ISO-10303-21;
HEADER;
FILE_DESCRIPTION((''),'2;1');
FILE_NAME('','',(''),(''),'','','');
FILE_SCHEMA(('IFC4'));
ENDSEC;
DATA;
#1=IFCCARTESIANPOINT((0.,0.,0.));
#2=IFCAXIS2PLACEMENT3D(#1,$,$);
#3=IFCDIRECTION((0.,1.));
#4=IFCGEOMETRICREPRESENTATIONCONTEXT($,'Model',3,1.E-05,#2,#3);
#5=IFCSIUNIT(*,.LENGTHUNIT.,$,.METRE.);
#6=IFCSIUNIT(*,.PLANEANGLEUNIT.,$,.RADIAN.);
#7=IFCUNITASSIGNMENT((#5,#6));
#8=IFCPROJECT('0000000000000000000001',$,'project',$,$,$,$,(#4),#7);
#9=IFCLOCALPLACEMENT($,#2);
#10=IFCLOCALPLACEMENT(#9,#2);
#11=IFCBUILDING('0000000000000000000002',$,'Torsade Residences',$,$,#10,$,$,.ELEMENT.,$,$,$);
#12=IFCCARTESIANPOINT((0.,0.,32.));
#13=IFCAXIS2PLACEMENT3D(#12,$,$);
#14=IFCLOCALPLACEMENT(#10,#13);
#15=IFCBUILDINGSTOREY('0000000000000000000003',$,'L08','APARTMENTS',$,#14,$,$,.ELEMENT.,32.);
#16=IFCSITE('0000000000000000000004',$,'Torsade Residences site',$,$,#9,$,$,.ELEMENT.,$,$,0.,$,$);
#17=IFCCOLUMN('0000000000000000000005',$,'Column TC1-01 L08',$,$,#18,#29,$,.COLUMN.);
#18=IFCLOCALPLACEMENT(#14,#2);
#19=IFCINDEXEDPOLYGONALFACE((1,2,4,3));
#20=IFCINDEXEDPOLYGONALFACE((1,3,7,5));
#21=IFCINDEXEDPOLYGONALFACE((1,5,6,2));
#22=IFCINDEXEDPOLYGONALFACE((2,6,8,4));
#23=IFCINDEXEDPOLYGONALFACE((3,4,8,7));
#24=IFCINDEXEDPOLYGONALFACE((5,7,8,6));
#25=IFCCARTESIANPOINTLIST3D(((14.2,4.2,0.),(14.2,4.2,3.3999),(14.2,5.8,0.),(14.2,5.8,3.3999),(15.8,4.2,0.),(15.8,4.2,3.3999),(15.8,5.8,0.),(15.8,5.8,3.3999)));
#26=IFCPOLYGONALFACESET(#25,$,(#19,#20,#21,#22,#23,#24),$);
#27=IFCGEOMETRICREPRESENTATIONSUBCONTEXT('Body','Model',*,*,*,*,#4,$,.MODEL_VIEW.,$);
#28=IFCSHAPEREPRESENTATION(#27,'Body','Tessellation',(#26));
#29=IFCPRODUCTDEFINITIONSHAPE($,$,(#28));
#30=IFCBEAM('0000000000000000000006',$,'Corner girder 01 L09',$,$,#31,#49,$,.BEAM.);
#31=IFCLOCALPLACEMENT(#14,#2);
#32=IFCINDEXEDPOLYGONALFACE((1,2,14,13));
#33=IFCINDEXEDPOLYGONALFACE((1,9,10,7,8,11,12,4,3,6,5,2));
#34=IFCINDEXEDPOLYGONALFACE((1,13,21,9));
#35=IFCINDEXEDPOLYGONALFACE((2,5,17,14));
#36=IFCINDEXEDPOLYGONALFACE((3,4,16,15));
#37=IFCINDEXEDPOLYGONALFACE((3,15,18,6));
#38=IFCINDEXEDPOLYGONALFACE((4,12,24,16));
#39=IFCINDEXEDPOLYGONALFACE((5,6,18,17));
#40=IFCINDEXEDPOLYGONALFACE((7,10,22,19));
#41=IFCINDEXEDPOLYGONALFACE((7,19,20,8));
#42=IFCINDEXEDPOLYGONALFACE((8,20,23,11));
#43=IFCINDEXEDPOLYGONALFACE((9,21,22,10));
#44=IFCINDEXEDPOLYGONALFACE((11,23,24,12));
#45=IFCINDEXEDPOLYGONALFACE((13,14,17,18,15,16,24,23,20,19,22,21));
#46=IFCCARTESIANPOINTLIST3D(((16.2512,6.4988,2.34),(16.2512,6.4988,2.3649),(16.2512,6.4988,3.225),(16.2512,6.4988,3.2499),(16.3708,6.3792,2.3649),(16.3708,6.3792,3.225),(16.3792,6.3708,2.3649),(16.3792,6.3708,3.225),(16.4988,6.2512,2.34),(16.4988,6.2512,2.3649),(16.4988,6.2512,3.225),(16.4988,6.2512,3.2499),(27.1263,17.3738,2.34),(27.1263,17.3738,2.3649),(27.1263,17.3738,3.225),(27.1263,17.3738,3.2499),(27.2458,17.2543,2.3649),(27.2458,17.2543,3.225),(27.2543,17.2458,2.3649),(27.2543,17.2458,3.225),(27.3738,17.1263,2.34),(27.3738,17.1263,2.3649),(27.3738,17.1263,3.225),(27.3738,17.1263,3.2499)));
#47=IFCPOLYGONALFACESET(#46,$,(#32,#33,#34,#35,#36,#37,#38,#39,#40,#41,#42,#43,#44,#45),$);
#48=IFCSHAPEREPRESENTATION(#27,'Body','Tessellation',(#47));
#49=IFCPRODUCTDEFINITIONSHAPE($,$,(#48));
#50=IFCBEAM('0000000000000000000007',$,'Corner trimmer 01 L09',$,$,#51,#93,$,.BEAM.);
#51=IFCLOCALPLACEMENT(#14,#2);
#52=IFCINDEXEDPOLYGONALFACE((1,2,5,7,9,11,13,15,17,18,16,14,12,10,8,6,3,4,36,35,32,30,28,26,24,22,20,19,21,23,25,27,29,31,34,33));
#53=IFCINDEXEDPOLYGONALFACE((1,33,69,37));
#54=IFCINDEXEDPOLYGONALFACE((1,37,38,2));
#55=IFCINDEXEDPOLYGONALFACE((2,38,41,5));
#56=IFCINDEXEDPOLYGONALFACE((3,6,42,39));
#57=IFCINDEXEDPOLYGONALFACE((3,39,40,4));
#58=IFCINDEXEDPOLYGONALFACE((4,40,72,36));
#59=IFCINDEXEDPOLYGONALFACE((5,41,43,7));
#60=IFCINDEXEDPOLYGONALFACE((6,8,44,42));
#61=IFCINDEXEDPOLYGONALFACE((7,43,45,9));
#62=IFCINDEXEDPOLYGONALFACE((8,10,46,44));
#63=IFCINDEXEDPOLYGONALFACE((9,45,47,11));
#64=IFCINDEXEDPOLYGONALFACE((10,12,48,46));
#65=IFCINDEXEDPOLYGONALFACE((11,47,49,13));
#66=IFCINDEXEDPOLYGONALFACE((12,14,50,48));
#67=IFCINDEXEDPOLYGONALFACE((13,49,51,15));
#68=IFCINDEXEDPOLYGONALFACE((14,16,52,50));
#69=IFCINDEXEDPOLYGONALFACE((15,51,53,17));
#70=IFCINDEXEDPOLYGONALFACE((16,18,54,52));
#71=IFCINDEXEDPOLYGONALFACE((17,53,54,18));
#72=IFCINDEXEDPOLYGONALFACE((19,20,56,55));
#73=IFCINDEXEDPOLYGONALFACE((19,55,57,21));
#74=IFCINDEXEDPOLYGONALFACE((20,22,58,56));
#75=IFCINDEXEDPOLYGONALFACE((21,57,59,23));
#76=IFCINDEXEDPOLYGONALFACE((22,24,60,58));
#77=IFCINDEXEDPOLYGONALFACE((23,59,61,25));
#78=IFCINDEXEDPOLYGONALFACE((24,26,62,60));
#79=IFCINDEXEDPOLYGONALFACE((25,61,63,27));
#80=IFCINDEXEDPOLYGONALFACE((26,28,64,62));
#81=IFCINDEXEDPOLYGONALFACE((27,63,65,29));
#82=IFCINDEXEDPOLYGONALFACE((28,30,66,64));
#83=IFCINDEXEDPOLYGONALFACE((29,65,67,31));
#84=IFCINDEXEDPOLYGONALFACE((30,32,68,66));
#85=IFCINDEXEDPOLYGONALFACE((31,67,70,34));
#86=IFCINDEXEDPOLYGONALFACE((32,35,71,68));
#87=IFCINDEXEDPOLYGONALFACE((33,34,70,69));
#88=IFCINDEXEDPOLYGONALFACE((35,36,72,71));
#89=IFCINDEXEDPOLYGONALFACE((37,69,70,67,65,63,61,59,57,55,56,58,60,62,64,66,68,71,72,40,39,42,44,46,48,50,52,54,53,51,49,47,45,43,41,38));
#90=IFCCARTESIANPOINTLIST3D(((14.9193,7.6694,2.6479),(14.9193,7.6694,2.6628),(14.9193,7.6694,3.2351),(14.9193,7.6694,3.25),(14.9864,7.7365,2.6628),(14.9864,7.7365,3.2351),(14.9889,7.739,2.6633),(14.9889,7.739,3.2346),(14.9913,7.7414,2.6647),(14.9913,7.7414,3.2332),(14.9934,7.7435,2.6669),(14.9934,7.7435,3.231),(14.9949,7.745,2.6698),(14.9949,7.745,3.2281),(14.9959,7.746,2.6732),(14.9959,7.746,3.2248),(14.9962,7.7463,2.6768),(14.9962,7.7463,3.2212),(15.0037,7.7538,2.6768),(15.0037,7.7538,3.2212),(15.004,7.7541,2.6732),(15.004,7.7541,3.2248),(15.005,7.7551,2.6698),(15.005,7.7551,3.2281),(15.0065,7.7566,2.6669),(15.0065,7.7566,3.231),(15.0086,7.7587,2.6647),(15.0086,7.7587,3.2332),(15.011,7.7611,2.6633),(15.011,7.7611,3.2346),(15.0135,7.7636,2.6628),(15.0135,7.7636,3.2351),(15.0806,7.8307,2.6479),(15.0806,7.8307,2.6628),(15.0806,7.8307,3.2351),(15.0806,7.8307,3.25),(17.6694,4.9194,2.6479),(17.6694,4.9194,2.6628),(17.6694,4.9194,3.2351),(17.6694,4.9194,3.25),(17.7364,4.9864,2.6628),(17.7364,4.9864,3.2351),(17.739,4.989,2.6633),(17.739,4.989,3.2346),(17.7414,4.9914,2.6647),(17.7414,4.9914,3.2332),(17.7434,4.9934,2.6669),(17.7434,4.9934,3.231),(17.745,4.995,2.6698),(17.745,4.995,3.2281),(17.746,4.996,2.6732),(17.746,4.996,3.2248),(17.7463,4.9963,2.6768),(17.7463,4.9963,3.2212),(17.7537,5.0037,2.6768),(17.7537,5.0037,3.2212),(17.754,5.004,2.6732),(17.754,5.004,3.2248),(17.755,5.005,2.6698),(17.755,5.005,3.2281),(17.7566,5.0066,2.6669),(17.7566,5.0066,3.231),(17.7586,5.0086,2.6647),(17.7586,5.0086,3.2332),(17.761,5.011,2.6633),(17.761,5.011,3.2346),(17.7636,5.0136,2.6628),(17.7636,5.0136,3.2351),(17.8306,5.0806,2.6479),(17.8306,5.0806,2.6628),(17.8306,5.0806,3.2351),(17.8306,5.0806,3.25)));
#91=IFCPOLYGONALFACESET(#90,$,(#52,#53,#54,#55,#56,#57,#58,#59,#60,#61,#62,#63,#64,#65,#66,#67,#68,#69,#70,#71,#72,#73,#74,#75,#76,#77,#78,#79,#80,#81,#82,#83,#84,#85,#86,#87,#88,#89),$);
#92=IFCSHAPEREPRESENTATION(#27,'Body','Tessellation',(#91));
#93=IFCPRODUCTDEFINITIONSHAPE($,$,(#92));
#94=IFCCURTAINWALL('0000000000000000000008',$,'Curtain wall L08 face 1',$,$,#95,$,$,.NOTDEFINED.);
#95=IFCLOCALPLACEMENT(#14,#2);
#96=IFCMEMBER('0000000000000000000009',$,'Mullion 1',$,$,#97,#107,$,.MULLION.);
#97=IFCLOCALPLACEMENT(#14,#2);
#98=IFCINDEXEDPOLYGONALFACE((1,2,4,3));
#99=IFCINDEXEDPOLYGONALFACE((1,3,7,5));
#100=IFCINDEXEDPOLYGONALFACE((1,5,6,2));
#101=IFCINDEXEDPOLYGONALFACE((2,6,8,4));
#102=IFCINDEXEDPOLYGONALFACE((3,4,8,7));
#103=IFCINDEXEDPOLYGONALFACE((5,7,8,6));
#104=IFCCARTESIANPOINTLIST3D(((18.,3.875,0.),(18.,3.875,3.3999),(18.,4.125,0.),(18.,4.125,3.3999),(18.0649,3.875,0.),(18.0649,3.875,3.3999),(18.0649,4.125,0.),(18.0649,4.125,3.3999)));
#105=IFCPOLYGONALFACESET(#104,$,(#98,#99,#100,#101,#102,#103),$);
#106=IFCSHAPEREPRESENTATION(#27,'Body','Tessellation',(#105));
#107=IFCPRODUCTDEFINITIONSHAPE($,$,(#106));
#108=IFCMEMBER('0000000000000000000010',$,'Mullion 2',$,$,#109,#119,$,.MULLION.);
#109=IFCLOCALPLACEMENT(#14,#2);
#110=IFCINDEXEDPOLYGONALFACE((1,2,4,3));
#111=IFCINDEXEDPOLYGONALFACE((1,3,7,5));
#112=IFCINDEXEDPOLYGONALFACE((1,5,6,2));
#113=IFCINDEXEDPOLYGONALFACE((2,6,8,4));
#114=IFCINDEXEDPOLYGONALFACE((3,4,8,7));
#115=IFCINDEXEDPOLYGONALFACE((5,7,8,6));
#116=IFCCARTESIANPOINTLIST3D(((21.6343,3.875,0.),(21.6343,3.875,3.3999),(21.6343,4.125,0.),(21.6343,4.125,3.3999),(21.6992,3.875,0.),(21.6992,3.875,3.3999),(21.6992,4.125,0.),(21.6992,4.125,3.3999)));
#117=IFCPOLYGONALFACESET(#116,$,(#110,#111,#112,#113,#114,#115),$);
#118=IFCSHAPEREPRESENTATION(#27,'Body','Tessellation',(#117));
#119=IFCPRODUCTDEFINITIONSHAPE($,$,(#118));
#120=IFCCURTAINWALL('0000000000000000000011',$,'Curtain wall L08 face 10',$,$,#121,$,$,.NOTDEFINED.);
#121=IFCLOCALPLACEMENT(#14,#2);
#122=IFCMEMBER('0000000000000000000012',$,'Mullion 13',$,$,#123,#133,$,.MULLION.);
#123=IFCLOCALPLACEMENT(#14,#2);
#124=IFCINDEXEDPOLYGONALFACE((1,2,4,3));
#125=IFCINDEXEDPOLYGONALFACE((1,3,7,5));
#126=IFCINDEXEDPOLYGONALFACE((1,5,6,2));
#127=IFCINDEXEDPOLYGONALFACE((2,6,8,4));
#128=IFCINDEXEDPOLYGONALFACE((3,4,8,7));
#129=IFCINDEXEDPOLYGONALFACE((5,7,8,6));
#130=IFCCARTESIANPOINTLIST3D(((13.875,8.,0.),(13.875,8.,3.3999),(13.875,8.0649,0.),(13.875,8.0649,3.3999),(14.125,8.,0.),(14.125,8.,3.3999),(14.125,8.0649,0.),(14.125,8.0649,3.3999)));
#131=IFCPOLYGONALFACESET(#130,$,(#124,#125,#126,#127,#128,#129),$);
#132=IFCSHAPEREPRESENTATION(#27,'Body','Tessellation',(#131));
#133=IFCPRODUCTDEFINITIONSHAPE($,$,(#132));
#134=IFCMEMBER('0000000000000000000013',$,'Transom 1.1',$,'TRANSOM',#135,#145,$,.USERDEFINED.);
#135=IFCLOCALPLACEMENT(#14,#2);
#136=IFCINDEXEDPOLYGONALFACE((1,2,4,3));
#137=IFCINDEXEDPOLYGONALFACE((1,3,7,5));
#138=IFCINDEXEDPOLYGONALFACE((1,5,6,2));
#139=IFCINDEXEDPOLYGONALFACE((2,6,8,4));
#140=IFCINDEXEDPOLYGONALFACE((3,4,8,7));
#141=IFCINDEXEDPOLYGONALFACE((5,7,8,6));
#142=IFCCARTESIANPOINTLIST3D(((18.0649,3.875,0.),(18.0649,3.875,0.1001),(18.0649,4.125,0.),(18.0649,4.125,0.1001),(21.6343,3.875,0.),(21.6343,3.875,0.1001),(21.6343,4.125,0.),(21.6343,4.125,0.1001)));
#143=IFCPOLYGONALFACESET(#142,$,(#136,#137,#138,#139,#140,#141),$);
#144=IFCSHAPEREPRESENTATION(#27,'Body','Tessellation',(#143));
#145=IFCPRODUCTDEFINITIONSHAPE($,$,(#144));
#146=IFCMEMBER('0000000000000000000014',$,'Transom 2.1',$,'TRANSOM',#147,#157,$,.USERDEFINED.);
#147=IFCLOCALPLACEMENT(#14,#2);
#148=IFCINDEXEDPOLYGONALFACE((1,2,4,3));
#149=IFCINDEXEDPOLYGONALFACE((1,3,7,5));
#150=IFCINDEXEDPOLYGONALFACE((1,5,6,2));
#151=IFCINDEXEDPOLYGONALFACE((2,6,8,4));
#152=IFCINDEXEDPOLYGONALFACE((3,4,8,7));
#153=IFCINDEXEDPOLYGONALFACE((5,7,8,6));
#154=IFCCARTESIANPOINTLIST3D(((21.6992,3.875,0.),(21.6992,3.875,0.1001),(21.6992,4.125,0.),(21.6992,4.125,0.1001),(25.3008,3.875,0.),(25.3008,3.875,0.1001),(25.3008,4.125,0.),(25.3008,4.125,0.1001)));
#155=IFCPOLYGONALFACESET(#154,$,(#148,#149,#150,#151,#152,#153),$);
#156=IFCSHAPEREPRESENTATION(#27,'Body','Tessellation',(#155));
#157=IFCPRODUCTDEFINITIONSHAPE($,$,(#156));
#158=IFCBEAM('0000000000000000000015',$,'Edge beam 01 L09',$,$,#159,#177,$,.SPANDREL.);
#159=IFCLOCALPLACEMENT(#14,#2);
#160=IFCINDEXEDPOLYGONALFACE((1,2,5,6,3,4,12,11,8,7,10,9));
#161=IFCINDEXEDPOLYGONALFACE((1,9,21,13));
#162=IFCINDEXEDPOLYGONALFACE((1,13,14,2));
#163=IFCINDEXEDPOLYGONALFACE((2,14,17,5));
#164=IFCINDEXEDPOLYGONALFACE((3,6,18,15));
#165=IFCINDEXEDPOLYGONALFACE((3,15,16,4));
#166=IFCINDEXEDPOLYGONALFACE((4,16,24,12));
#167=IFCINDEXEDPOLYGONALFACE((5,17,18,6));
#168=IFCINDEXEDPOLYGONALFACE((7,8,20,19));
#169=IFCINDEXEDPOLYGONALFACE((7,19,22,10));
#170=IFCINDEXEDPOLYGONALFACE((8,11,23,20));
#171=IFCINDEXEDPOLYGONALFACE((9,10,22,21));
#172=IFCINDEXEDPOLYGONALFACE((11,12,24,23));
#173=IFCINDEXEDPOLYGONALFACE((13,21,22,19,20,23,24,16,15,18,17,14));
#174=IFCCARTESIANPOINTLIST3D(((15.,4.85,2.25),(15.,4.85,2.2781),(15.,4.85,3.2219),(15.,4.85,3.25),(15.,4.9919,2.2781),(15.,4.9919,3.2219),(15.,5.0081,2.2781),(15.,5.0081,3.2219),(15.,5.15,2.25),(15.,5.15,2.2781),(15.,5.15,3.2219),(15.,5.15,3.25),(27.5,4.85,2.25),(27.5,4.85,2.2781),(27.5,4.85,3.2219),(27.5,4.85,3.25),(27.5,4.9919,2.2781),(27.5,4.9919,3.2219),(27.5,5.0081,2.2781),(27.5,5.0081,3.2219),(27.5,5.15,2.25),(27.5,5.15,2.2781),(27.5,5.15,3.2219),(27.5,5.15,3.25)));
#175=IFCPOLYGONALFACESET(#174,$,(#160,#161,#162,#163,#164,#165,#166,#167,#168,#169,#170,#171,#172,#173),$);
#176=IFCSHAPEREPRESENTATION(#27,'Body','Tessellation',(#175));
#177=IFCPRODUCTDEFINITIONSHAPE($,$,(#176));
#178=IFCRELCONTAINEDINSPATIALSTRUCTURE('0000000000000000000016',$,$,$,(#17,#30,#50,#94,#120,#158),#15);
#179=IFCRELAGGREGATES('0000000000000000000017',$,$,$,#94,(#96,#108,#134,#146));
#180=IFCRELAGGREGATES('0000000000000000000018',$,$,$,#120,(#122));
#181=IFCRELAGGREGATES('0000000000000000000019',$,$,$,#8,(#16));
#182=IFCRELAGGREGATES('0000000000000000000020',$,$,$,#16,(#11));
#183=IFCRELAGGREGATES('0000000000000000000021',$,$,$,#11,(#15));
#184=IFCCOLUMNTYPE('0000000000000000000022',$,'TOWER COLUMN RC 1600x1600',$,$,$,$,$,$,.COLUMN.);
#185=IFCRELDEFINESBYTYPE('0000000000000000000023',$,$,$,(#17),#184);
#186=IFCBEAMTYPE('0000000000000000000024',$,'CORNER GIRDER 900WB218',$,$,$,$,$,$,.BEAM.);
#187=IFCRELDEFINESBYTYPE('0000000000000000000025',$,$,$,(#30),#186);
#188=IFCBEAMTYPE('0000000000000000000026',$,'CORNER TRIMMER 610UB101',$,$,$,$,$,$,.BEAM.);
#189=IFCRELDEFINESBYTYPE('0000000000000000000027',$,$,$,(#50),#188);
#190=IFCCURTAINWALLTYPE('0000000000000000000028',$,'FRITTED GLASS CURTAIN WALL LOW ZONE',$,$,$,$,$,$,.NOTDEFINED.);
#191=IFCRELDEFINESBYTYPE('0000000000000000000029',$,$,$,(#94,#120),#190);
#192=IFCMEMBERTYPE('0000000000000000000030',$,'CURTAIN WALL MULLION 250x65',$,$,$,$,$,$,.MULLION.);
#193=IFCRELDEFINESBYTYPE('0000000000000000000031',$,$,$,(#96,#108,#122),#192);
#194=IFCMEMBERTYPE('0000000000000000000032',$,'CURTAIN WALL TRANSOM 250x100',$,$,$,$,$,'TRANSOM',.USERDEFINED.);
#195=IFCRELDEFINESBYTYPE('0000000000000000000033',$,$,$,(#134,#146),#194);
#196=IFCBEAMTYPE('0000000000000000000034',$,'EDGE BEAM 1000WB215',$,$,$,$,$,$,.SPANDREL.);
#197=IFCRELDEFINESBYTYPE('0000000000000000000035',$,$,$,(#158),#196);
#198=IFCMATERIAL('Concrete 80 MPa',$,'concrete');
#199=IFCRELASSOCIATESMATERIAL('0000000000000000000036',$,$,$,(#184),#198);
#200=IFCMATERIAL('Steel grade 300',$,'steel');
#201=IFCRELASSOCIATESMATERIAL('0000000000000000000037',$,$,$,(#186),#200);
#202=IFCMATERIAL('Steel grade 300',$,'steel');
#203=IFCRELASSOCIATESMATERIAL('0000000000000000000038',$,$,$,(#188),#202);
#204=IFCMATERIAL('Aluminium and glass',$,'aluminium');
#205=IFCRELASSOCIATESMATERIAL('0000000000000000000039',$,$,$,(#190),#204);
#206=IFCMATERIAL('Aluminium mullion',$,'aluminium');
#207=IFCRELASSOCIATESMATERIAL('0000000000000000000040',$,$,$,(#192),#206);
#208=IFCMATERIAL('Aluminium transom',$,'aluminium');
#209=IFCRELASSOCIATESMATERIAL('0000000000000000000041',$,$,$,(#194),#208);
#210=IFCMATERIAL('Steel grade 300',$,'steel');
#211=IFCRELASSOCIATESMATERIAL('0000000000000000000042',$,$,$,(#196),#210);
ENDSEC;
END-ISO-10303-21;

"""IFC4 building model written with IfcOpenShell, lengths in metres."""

from ifc_helpers import new_model, si_unit, direction, frame, origin, origin_2d, place, context, subcontext, project, spatial, rectangle, i_section, extrude, material, material_profile, profile_set, type_object, element, aggregate, save


model = new_model("IFC4")

# Units and contexts
model_context = context("Model", 3, precision=1e-05, world=origin(), true_north=direction((0.0, 1.0)))
body_context = subcontext(model_context, "Body", "Model", "MODEL_VIEW")
ifc_project = project(units=[si_unit("LENGTHUNIT", "METRE"), si_unit("PLANEANGLEUNIT", "RADIAN")], contexts=[model_context])

# Site, building, storey
site_placement = place(None, origin())
site = spatial("IfcSite", under=ifc_project, at=site_placement, Name="Torsade Residences site", CompositionType="ELEMENT", RefElevation=0.0)
building_placement = place(site_placement, origin())
building = spatial("IfcBuilding", under=site, at=building_placement, Name="Torsade Residences", CompositionType="ELEMENT")
storey_placement = place(building_placement, frame((0.0, 0.0, 32.0)))
storey = spatial("IfcBuildingStorey", under=building, at=storey_placement, Name="L08", Description="APARTMENTS", CompositionType="ELEMENT", Elevation=32.0)

# Column
ifc_material_1 = material(Name="Concrete 80 MPa", Category="concrete")
ifc_material_profile_1 = material_profile(ifc_material_1, rectangle(XDim=1.6001, YDim=1.6001, at=origin_2d()), Name="RC 1600x1600")
ifc_profile_set_1 = profile_set([ifc_material_profile_1], Name="Concrete 80 MPa")
column_type = type_object("IfcColumnType", Name="TOWER COLUMN RC 1600x1600", PredefinedType="COLUMN", material=ifc_profile_set_1)
column_placement = place(storey_placement, frame((15.0, 5.0, 0.0), z_axis=(0.0, 0.0, 1.0), x_axis=(1.0, 0.0, 0.0)))
element("IfcColumn", 1, at=column_placement, inside=storey, type_object=column_type, Name="Column TC1-01 L08", PredefinedType="COLUMN", context=body_context, shape_type="SweptSolid", body=[
    extrude(rectangle(XDim=1.6001, YDim=1.6001, at=origin_2d()), origin(), (0.0, 0.0, 1.0), 3.3999),
])

# Beams
ifc_material_2 = material(Name="Steel grade 300", Category="steel")
ifc_material_profile_2 = material_profile(ifc_material_2, i_section(OverallWidth=0.3501, OverallDepth=0.9099, WebThickness=0.012, FlangeThickness=0.0249, at=origin_2d()), Name="900WB218")
ifc_profile_set_2 = profile_set([ifc_material_profile_2], Name="Steel grade 300")
beam_type_1 = type_object("IfcBeamType", Name="CORNER GIRDER 900WB218", PredefinedType="BEAM", material=ifc_profile_set_2)
beam_1_placement = place(storey_placement, frame((16.375, 6.375, 2.7949), z_axis=(0.707107, 0.707107, 0.0), x_axis=(-0.707107, 0.707107, 0.0)))
element("IfcBeam", 2, at=beam_1_placement, inside=storey, type_object=beam_type_1, Name="Corner girder 01 L09", PredefinedType="BEAM", context=body_context, shape_type="SweptSolid", body=[
    extrude(i_section(OverallWidth=0.3501, OverallDepth=0.9099, WebThickness=0.012, FlangeThickness=0.0249, at=origin_2d()), origin(), (0.0, 0.0, 1.0), 15.3796),
])
ifc_material_3 = material(Name="Steel grade 300", Category="steel")
ifc_material_profile_3 = material_profile(ifc_material_3, i_section(OverallWidth=0.228, OverallDepth=0.6021, WebThickness=0.0105, FlangeThickness=0.0149, FilletRadius=0.0139, at=origin_2d()), Name="610UB101")
ifc_profile_set_3 = profile_set([ifc_material_profile_3], Name="Steel grade 300")
beam_type_2 = type_object("IfcBeamType", Name="CORNER TRIMMER 610UB101", PredefinedType="BEAM", material=ifc_profile_set_3)
beam_2_placement = place(storey_placement, frame((17.75, 5.0, 2.949), z_axis=(-0.707107, 0.707107, 0.0), x_axis=(-0.707107, -0.707107, 0.0)))
element("IfcBeam", 3, at=beam_2_placement, inside=storey, type_object=beam_type_2, Name="Corner trimmer 01 L09", PredefinedType="BEAM", context=body_context, shape_type="SweptSolid", body=[
    extrude(i_section(OverallWidth=0.228, OverallDepth=0.6021, WebThickness=0.0105, FlangeThickness=0.0149, FilletRadius=0.0139, at=origin_2d()), origin(), (0.0, 0.0, 1.0), 3.8892),
])

# Curtain wall, members
ifc_material_4 = material(Name="Aluminium and glass", Category="aluminium")
curtain_wall_type = type_object("IfcCurtainWallType", Name="FRITTED GLASS CURTAIN WALL LOW ZONE", PredefinedType="NOTDEFINED", material=ifc_material_4)
curtain_wall_1_placement = place(storey_placement, origin())
curtain_wall_1 = element("IfcCurtainWall", 4, at=curtain_wall_1_placement, inside=storey, type_object=curtain_wall_type, Name="Curtain wall L08 face 1", PredefinedType="NOTDEFINED")
ifc_material_5 = material(Name="Aluminium mullion", Category="aluminium")
ifc_material_profile_4 = material_profile(ifc_material_5, rectangle(XDim=0.25, YDim=0.0649, at=origin_2d()), Name="CURTAIN WALL MULLION 250x65")
ifc_profile_set_4 = profile_set([ifc_material_profile_4], Name="Aluminium mullion")
member_type_1 = type_object("IfcMemberType", Name="CURTAIN WALL MULLION 250x65", PredefinedType="MULLION", material=ifc_profile_set_4)
member_1_placement = place(storey_placement, frame((18.0325, 4.0, 0.0), z_axis=(0.0, 0.0, 1.0), x_axis=(0.0, 1.0, 0.0)))
member_1 = element("IfcMember", 5, at=member_1_placement, type_object=member_type_1, Name="Mullion 1", PredefinedType="MULLION", context=body_context, shape_type="SweptSolid", body=[
    extrude(rectangle(XDim=0.25, YDim=0.0649, at=origin_2d()), origin(), (0.0, 0.0, 1.0), 3.3999),
])
member_2_placement = place(storey_placement, frame((21.6667, 4.0, 0.0), z_axis=(0.0, 0.0, 1.0), x_axis=(0.0, 1.0, 0.0)))
member_2 = element("IfcMember", 6, at=member_2_placement, type_object=member_type_1, Name="Mullion 2", PredefinedType="MULLION", context=body_context, shape_type="SweptSolid", body=[
    extrude(rectangle(XDim=0.25, YDim=0.0649, at=origin_2d()), origin(), (0.0, 0.0, 1.0), 3.3999),
])

# Curtain wall, member
curtain_wall_2_placement = place(storey_placement, origin())
curtain_wall_2 = element("IfcCurtainWall", 7, at=curtain_wall_2_placement, inside=storey, type_object=curtain_wall_type, Name="Curtain wall L08 face 10", PredefinedType="NOTDEFINED")
member_3_placement = place(storey_placement, frame((14.0, 8.0325, 0.0), z_axis=(0.0, 0.0, 1.0), x_axis=(1.0, 0.0, 0.0)))
member_3 = element("IfcMember", 8, at=member_3_placement, type_object=member_type_1, Name="Mullion 13", PredefinedType="MULLION", context=body_context, shape_type="SweptSolid", body=[
    extrude(rectangle(XDim=0.25, YDim=0.0649, at=origin_2d()), origin(), (0.0, 0.0, 1.0), 3.3999),
])

# Members
ifc_material_6 = material(Name="Aluminium transom", Category="aluminium")
ifc_material_profile_5 = material_profile(ifc_material_6, rectangle(XDim=0.25, YDim=0.1001, at=origin_2d()), Name="CURTAIN WALL TRANSOM 250x100")
ifc_profile_set_5 = profile_set([ifc_material_profile_5], Name="Aluminium transom")
member_type_2 = type_object("IfcMemberType", Name="CURTAIN WALL TRANSOM 250x100", ElementType="TRANSOM", PredefinedType="USERDEFINED", material=ifc_profile_set_5)
member_4_placement = place(storey_placement, frame((18.0649, 4.0, 0.05), z_axis=(1.0, 0.0, 0.0), x_axis=(0.0, 1.0, 0.0)))
member_4 = element("IfcMember", 9, at=member_4_placement, type_object=member_type_2, Name="Transom 1.1", ObjectType="TRANSOM", PredefinedType="USERDEFINED", context=body_context, shape_type="SweptSolid", body=[
    extrude(rectangle(XDim=0.25, YDim=0.1001, at=origin_2d()), origin(), (0.0, 0.0, 1.0), 3.5693),
])
member_5_placement = place(storey_placement, frame((21.6992, 4.0, 0.05), z_axis=(1.0, 0.0, 0.0), x_axis=(0.0, 1.0, 0.0)))
member_5 = element("IfcMember", 10, at=member_5_placement, type_object=member_type_2, Name="Transom 2.1", ObjectType="TRANSOM", PredefinedType="USERDEFINED", context=body_context, shape_type="SweptSolid", body=[
    extrude(rectangle(XDim=0.25, YDim=0.1001, at=origin_2d()), origin(), (0.0, 0.0, 1.0), 3.6016),
])

# Beam
ifc_material_7 = material(Name="Steel grade 300", Category="steel")
ifc_material_profile_6 = material_profile(ifc_material_7, i_section(OverallWidth=0.3, OverallDepth=1.0, WebThickness=0.0161, FlangeThickness=0.0281, at=origin_2d()), Name="1000WB215")
ifc_profile_set_6 = profile_set([ifc_material_profile_6], Name="Steel grade 300")
beam_type_3 = type_object("IfcBeamType", Name="EDGE BEAM 1000WB215", PredefinedType="SPANDREL", material=ifc_profile_set_6)
beam_3_placement = place(storey_placement, frame((15.0, 5.0, 2.75), z_axis=(1.0, 0.0, 0.0), x_axis=(0.0, 1.0, 0.0)))
element("IfcBeam", 11, at=beam_3_placement, inside=storey, type_object=beam_type_3, Name="Edge beam 01 L09", PredefinedType="SPANDREL", context=body_context, shape_type="SweptSolid", body=[
    extrude(i_section(OverallWidth=0.3, OverallDepth=1.0, WebThickness=0.0161, FlangeThickness=0.0281, at=origin_2d()), origin(), (0.0, 0.0, 1.0), 12.5),
])

aggregate(curtain_wall_1, [member_1, member_2, member_4, member_5])
aggregate(curtain_wall_2, [member_3])

save(model, "model.ifc")
